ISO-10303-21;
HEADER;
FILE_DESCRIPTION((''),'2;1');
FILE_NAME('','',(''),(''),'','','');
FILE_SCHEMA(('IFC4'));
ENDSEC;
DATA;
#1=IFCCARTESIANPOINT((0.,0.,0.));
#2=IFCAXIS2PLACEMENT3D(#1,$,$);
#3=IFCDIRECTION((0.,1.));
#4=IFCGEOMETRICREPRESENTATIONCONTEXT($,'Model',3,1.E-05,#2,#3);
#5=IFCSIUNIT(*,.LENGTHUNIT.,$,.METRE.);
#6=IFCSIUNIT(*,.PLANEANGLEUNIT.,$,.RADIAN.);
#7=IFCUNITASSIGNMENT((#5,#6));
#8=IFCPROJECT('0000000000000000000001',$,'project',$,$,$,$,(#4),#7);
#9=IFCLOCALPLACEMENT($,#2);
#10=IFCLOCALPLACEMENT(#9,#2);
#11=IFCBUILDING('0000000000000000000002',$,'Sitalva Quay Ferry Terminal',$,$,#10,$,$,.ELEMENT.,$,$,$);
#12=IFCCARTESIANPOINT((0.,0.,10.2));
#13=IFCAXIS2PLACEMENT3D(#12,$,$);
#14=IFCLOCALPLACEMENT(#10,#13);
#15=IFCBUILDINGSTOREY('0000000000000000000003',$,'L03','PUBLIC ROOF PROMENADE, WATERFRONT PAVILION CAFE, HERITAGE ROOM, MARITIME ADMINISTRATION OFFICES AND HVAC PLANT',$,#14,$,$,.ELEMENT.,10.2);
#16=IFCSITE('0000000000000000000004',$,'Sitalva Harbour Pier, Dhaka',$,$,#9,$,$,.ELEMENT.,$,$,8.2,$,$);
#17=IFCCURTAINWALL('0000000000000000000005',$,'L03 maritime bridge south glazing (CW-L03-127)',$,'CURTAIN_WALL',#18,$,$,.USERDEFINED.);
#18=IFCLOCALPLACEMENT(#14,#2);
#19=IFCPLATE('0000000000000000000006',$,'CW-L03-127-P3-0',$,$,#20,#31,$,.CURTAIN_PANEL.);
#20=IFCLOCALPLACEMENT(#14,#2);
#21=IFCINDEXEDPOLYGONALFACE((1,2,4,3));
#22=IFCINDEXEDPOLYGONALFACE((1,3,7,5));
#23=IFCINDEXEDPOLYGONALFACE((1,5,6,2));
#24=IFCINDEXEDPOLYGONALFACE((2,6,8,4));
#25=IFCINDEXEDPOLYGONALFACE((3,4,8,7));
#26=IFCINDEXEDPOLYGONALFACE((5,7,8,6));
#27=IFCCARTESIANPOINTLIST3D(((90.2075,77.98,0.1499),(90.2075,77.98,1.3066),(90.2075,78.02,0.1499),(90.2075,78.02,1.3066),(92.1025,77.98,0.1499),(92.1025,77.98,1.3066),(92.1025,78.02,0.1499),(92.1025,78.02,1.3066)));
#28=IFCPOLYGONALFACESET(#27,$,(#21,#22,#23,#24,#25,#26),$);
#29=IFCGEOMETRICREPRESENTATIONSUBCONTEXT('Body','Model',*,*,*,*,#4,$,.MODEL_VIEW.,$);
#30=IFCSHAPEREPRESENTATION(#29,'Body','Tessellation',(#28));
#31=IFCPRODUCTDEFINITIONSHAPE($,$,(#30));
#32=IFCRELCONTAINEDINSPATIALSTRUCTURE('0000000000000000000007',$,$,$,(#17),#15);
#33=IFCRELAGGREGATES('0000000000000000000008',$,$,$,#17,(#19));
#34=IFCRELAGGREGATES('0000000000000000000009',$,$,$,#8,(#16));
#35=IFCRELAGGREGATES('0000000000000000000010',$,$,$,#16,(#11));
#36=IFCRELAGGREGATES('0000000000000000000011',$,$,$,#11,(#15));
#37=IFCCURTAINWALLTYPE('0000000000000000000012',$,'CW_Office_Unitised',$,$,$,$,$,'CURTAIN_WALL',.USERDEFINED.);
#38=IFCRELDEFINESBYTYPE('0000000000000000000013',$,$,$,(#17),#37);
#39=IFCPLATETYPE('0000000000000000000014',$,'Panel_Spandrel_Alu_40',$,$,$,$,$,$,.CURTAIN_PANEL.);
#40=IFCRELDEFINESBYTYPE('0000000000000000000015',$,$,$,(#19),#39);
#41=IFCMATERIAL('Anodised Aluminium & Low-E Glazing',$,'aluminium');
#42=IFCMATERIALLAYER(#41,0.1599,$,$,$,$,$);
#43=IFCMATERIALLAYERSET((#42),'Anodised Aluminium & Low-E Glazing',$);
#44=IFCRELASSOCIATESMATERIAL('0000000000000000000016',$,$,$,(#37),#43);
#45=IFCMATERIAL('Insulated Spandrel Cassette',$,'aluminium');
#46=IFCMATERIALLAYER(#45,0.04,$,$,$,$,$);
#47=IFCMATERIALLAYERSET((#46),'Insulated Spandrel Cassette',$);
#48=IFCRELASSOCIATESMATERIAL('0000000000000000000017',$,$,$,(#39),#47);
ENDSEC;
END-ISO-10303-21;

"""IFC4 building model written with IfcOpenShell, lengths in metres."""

from ifc_helpers import new_model, si_unit, direction, frame, origin, origin_2d, place, context, subcontext, project, spatial, rectangle, extrude, material, layer, layer_set, type_object, element, aggregate, save


model = new_model("IFC4")

# Units and contexts
model_context = context("Model", 3, precision=1e-05, world=origin(), true_north=direction((0.0, 1.0)))
body_context = subcontext(model_context, "Body", "Model", "MODEL_VIEW")
ifc_project = project(units=[si_unit("LENGTHUNIT", "METRE"), si_unit("PLANEANGLEUNIT", "RADIAN")], contexts=[model_context])

# Site, building, storey
site_placement = place(None, origin())
site = spatial("IfcSite", under=ifc_project, at=site_placement, Name="Sitalva Harbour Pier, Dhaka", CompositionType="ELEMENT", RefElevation=8.2)
building_placement = place(site_placement, origin())
building = spatial("IfcBuilding", under=site, at=building_placement, Name="Sitalva Quay Ferry Terminal", CompositionType="ELEMENT")
storey_placement = place(building_placement, frame((0.0, 0.0, 10.2)))
storey = spatial("IfcBuildingStorey", under=building, at=storey_placement, Name="L03", Description="PUBLIC ROOF PROMENADE, WATERFRONT PAVILION CAFE, HERITAGE ROOM, MARITIME ADMINISTRATION OFFICES AND HVAC PLANT", CompositionType="ELEMENT", Elevation=10.2)

# Curtain wall
ifc_material_1 = material(Name="Anodised Aluminium & Low-E Glazing", Category="aluminium")
ifc_layer_1 = layer(ifc_material_1, 0.1599)
ifc_layer_set_1 = layer_set([ifc_layer_1], Name="Anodised Aluminium & Low-E Glazing")
curtain_wall_type = type_object("IfcCurtainWallType", Name="CW_Office_Unitised", ElementType="CURTAIN_WALL", PredefinedType="USERDEFINED", material=ifc_layer_set_1)
curtain_wall_1_placement = place(storey_placement, origin())
curtain_wall_1 = element("IfcCurtainWall", 1, at=curtain_wall_1_placement, inside=storey, type_object=curtain_wall_type, Name="L03 maritime bridge south glazing (CW-L03-127)", ObjectType="CURTAIN_WALL", PredefinedType="USERDEFINED")

# Plate
ifc_material_2 = material(Name="Insulated Spandrel Cassette", Category="aluminium")
ifc_layer_2 = layer(ifc_material_2, 0.04)
ifc_layer_set_2 = layer_set([ifc_layer_2], Name="Insulated Spandrel Cassette")
plate_type_1 = type_object("IfcPlateType", Name="Panel_Spandrel_Alu_40", PredefinedType="CURTAIN_PANEL", material=ifc_layer_set_2)
plate_1_placement = place(storey_placement, frame((91.155, 78.0, 0.1499), z_axis=(0.0, 0.0, 1.0), x_axis=(1.0, 0.0, 0.0)))
plate_1 = element("IfcPlate", 2, at=plate_1_placement, type_object=plate_type_1, Name="CW-L03-127-P3-0", PredefinedType="CURTAIN_PANEL", context=body_context, shape_type="SweptSolid", body=[
    extrude(rectangle(XDim=1.895, YDim=0.04, at=origin_2d()), origin(), (0.0, 0.0, 1.0), 1.1567),
])
aggregate(curtain_wall_1, [plate_1])

save(model, "model.ifc")
